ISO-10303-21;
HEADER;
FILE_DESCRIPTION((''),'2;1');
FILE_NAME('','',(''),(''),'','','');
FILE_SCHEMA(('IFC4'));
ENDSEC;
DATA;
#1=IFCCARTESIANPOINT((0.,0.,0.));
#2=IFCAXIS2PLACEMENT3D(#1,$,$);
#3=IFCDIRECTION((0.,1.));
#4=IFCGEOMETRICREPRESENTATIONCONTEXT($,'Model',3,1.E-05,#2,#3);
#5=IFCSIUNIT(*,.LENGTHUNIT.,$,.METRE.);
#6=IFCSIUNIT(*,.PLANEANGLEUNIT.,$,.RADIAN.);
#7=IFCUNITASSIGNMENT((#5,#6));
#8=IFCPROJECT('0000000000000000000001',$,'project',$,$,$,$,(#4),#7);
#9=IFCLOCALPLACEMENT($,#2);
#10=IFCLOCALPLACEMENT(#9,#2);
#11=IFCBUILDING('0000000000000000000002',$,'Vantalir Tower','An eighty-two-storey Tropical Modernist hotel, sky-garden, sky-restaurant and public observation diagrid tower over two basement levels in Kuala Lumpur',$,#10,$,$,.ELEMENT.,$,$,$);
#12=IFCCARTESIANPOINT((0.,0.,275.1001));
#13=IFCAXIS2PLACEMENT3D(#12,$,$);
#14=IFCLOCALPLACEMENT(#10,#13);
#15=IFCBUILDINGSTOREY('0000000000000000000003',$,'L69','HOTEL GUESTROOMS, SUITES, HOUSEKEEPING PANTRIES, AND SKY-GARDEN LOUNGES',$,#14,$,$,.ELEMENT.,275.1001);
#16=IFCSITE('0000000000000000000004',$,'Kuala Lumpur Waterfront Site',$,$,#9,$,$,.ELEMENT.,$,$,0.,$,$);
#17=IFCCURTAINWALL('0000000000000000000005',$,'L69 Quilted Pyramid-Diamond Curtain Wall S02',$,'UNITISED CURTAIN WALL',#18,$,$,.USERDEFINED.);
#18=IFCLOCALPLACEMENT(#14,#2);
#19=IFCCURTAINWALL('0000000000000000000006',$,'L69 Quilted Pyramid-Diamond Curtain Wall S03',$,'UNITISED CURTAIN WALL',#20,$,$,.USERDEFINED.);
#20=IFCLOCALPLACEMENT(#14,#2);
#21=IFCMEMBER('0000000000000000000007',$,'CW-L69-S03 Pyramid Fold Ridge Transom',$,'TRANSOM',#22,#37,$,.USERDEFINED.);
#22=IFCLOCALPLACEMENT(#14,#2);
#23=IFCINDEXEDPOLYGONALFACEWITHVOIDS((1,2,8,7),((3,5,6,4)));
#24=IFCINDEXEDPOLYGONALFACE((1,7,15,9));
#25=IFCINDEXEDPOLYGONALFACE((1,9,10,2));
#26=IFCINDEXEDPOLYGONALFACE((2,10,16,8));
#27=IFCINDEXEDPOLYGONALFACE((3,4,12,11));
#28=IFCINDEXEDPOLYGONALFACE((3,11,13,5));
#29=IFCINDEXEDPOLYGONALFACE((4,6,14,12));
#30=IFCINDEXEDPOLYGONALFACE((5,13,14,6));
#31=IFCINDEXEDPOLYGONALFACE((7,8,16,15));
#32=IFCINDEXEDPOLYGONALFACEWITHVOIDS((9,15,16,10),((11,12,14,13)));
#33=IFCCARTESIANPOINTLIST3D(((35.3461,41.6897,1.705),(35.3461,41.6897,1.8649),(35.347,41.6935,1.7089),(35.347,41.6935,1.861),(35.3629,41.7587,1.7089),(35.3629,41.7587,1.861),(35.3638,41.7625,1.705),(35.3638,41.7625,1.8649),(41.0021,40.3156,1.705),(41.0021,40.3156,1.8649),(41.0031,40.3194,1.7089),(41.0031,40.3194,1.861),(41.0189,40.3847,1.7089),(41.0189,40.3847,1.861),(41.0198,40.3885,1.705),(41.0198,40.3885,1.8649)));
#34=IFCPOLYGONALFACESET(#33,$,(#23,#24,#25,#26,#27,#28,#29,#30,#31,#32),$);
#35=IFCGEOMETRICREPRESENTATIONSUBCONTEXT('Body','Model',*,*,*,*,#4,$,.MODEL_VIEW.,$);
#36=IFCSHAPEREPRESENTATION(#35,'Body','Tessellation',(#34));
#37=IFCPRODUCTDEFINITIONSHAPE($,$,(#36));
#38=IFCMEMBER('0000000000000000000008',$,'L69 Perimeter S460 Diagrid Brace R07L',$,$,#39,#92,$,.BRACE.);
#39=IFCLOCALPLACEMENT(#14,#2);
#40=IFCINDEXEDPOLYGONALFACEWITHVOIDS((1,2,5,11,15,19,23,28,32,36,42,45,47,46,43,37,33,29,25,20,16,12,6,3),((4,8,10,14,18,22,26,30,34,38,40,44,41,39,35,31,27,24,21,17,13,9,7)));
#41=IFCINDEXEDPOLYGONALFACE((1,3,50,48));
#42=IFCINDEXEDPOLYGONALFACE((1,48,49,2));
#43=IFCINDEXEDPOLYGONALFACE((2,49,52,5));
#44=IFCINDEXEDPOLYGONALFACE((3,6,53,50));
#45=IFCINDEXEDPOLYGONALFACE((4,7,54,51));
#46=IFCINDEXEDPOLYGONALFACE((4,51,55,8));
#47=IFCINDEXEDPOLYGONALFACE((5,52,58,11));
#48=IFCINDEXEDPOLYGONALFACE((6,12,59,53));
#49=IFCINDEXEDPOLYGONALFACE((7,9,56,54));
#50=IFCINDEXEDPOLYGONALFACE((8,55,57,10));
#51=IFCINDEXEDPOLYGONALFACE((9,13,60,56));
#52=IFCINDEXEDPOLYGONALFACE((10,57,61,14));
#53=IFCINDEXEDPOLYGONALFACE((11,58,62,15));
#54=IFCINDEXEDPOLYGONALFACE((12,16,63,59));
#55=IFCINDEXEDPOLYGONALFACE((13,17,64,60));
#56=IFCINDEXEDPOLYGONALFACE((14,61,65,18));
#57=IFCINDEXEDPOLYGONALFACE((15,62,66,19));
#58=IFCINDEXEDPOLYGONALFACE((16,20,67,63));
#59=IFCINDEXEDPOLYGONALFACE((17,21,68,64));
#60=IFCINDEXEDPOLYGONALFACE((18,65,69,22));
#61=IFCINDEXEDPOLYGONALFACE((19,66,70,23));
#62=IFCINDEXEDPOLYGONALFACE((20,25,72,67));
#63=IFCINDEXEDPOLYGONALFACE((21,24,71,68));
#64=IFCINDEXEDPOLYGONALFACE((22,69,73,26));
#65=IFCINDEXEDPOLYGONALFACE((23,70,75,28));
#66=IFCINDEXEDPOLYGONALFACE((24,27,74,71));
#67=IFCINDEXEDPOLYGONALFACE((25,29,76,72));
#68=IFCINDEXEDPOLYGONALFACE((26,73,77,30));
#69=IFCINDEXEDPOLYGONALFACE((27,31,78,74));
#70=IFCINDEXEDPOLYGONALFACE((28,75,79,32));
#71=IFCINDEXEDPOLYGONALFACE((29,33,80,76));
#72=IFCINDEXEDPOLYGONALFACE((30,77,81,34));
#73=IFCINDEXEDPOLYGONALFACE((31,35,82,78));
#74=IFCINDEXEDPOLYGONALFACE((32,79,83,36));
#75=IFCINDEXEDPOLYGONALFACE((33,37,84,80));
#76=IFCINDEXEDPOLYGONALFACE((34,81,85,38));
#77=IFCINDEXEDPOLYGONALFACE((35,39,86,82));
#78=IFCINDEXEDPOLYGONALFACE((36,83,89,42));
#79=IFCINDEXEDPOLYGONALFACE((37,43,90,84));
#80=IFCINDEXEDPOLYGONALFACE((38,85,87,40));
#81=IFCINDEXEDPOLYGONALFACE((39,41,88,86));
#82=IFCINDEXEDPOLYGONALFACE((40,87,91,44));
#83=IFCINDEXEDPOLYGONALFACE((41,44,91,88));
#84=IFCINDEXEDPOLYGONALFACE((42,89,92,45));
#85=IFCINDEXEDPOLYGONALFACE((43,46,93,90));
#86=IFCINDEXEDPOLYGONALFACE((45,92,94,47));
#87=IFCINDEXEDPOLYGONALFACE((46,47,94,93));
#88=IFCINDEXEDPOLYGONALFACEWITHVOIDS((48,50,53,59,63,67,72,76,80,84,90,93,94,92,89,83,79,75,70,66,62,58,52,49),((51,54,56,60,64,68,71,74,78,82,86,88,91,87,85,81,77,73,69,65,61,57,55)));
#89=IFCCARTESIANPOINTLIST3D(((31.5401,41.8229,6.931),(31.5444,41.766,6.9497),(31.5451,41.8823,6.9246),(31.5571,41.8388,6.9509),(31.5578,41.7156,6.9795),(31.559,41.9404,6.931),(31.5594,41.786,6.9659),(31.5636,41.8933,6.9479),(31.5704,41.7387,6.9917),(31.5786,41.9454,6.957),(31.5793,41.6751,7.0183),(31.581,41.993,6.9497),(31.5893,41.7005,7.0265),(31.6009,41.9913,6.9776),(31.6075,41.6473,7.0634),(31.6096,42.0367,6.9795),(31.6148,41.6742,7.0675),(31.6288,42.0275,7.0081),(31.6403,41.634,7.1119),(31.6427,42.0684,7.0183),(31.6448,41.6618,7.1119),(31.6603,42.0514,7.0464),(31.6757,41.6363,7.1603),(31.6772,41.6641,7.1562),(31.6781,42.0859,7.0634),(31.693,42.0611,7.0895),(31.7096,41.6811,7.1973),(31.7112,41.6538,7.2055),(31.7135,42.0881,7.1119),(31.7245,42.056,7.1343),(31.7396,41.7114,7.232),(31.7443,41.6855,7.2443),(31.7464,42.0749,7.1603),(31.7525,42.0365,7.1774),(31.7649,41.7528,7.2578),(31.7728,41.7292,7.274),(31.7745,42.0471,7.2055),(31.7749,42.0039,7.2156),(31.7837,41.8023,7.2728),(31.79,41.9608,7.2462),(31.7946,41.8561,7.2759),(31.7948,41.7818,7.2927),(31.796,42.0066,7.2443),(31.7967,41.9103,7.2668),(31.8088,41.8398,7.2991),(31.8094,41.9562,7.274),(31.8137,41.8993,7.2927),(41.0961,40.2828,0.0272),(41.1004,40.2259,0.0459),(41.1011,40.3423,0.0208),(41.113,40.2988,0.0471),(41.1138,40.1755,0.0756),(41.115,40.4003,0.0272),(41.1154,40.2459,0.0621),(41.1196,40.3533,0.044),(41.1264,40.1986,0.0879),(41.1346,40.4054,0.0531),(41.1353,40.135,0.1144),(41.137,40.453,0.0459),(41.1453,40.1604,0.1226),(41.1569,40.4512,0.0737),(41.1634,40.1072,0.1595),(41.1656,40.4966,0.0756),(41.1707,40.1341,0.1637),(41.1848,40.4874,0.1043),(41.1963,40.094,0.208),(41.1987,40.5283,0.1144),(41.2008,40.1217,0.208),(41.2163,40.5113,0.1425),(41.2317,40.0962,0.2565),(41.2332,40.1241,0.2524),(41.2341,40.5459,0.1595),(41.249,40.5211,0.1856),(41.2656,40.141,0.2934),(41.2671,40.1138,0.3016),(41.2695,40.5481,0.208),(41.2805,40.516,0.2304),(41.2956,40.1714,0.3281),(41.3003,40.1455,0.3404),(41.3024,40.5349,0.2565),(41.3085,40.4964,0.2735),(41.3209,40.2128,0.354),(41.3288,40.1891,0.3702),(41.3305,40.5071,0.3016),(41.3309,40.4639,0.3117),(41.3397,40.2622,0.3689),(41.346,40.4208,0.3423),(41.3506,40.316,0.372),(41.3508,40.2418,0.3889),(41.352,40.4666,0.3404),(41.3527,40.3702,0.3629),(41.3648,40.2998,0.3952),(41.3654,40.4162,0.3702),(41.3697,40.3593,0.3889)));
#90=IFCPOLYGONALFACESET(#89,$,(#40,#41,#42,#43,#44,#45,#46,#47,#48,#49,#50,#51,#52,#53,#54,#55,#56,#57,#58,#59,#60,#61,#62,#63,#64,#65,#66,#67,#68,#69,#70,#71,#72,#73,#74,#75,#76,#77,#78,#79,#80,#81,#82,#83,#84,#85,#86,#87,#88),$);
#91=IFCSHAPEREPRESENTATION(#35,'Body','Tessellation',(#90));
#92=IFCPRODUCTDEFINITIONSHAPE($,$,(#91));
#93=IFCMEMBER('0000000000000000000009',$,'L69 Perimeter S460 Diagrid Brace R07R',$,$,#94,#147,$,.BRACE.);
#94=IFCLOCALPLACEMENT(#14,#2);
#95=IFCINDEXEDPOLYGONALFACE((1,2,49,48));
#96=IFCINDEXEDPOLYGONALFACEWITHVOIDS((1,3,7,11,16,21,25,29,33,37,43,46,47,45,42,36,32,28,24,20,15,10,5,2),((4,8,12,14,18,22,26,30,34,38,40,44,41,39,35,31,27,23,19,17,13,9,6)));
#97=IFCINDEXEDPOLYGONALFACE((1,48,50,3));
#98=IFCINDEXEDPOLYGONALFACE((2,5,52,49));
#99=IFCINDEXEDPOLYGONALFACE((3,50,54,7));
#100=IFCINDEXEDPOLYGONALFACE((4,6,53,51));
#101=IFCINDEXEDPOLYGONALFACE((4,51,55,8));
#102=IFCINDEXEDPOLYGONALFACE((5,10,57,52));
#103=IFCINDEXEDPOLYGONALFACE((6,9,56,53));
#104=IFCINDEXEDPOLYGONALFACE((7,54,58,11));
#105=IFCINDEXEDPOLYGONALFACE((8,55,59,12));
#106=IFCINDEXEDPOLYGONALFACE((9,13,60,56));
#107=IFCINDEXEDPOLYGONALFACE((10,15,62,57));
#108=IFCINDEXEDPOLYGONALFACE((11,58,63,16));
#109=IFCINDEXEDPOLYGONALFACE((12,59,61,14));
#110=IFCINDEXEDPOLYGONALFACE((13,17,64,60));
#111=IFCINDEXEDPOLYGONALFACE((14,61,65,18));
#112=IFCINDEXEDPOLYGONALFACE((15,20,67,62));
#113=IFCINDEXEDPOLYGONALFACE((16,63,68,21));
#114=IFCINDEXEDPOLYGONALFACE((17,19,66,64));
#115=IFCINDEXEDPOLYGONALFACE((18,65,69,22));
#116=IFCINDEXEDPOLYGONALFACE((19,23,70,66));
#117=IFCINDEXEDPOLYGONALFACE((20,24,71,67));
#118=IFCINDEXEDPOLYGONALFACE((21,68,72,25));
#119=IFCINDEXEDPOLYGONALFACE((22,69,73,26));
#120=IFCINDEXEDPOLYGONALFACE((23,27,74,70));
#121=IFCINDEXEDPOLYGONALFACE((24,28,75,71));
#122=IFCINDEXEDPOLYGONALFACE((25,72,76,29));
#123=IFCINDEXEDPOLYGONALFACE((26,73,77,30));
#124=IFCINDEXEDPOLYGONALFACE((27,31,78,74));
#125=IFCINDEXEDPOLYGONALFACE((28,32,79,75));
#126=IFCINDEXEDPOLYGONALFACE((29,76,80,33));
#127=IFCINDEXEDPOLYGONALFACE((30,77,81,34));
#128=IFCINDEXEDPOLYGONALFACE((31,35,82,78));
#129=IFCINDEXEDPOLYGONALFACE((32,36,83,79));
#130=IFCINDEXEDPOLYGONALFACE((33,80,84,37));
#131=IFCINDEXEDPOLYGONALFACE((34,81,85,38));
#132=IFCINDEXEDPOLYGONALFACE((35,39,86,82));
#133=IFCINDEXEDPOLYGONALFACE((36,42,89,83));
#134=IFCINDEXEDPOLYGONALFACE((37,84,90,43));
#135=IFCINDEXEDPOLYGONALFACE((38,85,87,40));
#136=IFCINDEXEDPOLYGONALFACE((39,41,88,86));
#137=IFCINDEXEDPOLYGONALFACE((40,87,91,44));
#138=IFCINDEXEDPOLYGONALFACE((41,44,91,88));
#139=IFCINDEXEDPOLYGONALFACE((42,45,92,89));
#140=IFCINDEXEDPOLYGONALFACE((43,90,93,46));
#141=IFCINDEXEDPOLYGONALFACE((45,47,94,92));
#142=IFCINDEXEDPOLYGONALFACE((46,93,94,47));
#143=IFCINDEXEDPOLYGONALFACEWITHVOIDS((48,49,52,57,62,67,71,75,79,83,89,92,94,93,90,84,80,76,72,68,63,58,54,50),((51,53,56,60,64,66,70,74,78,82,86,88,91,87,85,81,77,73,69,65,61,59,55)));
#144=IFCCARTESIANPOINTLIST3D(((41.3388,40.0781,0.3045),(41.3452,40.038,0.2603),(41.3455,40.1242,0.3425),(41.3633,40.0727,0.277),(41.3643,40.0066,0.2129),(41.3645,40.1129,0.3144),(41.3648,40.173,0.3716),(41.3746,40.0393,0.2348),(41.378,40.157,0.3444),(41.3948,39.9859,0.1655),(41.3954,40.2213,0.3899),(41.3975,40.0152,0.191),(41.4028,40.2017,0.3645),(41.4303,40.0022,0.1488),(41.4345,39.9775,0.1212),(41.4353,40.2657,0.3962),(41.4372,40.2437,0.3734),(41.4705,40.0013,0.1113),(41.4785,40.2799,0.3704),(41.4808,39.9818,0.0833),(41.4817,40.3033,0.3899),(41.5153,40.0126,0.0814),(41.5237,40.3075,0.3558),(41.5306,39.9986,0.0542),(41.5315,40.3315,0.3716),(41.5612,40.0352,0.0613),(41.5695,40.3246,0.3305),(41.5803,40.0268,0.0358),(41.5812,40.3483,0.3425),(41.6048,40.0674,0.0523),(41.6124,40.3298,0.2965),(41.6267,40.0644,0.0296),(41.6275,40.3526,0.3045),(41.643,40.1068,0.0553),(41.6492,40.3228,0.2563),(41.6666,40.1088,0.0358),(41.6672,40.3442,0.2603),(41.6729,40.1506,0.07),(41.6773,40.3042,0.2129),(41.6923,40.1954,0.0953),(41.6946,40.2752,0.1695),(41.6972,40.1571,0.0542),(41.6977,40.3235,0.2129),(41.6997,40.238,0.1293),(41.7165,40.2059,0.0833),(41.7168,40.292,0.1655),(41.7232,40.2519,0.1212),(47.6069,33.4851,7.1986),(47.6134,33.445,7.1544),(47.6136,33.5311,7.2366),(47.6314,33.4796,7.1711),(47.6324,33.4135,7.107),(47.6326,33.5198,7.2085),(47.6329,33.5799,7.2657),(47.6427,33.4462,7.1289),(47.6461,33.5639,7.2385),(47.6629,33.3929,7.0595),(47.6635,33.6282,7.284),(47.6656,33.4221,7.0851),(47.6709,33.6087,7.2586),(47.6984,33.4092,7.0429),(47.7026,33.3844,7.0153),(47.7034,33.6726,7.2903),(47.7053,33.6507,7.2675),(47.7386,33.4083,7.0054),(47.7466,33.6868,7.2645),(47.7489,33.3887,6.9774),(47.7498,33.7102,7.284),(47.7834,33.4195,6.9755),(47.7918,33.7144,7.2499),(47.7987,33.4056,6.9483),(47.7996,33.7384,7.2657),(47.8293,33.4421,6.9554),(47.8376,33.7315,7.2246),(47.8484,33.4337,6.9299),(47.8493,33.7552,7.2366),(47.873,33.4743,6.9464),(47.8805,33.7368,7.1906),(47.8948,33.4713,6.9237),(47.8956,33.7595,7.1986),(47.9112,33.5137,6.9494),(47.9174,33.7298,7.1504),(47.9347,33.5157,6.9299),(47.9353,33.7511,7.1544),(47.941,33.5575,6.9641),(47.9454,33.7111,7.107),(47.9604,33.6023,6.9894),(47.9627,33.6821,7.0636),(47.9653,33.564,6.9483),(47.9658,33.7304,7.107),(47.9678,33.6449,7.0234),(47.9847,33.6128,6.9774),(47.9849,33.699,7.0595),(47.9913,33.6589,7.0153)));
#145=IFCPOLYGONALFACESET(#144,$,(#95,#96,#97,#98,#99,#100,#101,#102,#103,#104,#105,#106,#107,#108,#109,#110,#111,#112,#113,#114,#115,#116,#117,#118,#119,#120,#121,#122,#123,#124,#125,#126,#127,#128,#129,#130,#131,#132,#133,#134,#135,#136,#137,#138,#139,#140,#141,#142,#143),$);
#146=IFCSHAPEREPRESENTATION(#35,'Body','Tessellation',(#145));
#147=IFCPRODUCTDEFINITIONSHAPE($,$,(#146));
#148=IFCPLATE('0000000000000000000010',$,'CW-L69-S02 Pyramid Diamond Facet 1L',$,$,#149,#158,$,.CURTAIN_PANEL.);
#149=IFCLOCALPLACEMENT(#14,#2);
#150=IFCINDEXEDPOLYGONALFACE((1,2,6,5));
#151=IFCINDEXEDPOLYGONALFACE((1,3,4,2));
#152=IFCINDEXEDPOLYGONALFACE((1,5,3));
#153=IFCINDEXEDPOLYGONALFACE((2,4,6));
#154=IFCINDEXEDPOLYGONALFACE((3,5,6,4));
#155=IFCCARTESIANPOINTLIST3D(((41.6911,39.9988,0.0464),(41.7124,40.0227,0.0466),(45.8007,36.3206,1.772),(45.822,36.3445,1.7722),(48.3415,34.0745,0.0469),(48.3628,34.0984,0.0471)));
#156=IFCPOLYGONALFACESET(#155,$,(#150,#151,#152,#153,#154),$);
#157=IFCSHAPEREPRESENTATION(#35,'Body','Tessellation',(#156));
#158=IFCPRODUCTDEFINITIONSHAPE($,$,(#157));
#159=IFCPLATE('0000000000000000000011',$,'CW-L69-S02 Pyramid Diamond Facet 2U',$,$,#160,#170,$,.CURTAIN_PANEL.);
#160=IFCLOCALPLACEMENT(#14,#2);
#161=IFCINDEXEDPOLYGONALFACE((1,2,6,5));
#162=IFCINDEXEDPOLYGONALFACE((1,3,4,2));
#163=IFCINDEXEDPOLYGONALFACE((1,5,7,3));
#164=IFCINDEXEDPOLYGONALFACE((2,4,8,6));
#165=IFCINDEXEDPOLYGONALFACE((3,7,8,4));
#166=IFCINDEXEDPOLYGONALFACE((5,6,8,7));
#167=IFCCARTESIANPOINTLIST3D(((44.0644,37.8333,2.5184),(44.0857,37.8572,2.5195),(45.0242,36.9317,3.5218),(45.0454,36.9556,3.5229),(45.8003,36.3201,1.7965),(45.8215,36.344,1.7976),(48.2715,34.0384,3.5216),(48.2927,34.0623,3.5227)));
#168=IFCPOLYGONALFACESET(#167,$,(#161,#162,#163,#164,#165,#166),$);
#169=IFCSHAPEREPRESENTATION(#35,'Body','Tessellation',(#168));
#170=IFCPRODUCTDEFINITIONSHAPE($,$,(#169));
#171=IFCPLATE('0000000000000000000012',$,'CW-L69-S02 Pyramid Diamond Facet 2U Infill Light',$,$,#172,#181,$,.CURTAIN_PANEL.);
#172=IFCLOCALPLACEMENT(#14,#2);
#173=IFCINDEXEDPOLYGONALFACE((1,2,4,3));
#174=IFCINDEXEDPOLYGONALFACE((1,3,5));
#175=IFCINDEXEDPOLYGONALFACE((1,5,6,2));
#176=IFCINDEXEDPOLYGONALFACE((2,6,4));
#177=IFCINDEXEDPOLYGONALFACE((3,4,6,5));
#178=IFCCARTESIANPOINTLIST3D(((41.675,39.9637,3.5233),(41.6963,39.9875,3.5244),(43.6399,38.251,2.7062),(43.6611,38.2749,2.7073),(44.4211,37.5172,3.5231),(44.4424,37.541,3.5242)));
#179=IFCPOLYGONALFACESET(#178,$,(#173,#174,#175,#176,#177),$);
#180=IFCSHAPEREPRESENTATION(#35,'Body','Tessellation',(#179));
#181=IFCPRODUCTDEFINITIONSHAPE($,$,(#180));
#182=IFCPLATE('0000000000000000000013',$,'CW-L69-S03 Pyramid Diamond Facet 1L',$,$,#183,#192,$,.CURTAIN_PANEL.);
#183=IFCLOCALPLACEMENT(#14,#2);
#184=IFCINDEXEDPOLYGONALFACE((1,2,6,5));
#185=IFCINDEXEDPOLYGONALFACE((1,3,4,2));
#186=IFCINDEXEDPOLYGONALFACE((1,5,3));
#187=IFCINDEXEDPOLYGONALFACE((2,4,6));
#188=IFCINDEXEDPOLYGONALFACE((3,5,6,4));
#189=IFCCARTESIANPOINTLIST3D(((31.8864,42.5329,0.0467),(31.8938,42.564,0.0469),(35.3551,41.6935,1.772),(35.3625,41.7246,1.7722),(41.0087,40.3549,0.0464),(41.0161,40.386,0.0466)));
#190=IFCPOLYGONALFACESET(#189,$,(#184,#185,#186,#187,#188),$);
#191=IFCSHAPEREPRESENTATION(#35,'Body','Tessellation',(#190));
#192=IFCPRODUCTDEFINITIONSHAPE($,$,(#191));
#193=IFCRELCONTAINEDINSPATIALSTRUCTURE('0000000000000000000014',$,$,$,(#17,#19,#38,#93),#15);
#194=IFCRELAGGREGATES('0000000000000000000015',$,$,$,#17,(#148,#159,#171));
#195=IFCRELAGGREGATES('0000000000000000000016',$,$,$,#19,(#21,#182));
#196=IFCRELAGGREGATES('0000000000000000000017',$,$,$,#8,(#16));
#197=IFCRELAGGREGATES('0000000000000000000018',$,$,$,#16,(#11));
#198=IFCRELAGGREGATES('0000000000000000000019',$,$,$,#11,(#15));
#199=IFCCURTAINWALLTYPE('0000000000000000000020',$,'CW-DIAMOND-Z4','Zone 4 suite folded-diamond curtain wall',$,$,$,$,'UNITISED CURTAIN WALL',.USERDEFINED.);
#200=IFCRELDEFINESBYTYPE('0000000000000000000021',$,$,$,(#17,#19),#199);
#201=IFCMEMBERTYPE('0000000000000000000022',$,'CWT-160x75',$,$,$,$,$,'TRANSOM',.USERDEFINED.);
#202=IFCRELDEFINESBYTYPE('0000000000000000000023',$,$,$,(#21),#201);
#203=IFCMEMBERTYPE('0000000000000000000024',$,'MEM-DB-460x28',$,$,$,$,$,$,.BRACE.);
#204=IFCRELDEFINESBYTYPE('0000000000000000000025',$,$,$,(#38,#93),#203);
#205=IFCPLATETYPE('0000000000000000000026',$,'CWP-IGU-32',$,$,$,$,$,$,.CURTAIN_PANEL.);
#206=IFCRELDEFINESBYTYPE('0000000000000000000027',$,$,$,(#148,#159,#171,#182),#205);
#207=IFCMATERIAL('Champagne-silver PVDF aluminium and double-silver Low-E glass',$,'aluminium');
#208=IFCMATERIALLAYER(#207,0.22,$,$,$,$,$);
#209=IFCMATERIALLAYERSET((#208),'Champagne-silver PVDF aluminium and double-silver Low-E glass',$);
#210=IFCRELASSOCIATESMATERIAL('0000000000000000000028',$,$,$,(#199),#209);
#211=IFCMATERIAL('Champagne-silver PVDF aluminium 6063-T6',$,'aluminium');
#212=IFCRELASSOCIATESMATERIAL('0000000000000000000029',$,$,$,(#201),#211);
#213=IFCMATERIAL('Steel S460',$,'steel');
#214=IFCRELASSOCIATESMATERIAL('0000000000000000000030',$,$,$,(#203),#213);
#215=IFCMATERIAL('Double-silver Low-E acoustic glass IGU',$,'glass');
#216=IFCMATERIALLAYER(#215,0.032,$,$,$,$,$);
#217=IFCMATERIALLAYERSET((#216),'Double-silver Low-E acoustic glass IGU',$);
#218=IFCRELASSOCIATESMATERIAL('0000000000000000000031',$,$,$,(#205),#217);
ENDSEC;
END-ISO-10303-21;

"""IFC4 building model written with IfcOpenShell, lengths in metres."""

from ifc_helpers import new_model, si_unit, direction, frame, origin, origin_2d, place, context, subcontext, project, spatial, polyline, hollow_rectangle, hollow_circle, outline, extrude, material, layer, layer_set, material_profile, profile_set, type_object, element, aggregate, save


model = new_model("IFC4")

# Units and contexts
model_context = context("Model", 3, precision=1e-05, world=origin(), true_north=direction((0.0, 1.0)))
body_context = subcontext(model_context, "Body", "Model", "MODEL_VIEW")
ifc_project = project(units=[si_unit("LENGTHUNIT", "METRE"), si_unit("PLANEANGLEUNIT", "RADIAN")], contexts=[model_context])

# Site, building, storey
site_placement = place(None, origin())
site = spatial("IfcSite", under=ifc_project, at=site_placement, Name="Kuala Lumpur Waterfront Site", CompositionType="ELEMENT", RefElevation=0.0)
building_placement = place(site_placement, origin())
building = spatial("IfcBuilding", under=site, at=building_placement, Name="Vantalir Tower", Description="An eighty-two-storey Tropical Modernist hotel, sky-garden, sky-restaurant and public observation diagrid tower over two basement levels in Kuala Lumpur", CompositionType="ELEMENT")
storey_placement = place(building_placement, frame((0.0, 0.0, 275.1001)))
storey = spatial("IfcBuildingStorey", under=building, at=storey_placement, Name="L69", Description="HOTEL GUESTROOMS, SUITES, HOUSEKEEPING PANTRIES, AND SKY-GARDEN LOUNGES", CompositionType="ELEMENT", Elevation=275.1001)

# Shared definitions
ifc_material_1 = material(Name="Steel S460", Category="steel")

# Curtain wall
ifc_material_2 = material(Name="Champagne-silver PVDF aluminium and double-silver Low-E glass", Category="aluminium")
ifc_layer_1 = layer(ifc_material_2, 0.22)
ifc_layer_set_1 = layer_set([ifc_layer_1], Name="Champagne-silver PVDF aluminium and double-silver Low-E glass")
curtain_wall_type = type_object("IfcCurtainWallType", Name="CW-DIAMOND-Z4", Description="Zone 4 suite folded-diamond curtain wall", ElementType="UNITISED CURTAIN WALL", PredefinedType="USERDEFINED", material=ifc_layer_set_1)
curtain_wall_1_placement = place(storey_placement, origin())
curtain_wall_1 = element("IfcCurtainWall", 1, at=curtain_wall_1_placement, inside=storey, type_object=curtain_wall_type, Name="L69 Quilted Pyramid-Diamond Curtain Wall S02", ObjectType="UNITISED CURTAIN WALL", PredefinedType="USERDEFINED")
ifc_material_3 = material(Name="Champagne-silver PVDF aluminium 6063-T6", Category="aluminium")

# Curtain wall
curtain_wall_2_placement = place(storey_placement, origin())
curtain_wall_2 = element("IfcCurtainWall", 2, at=curtain_wall_2_placement, inside=storey, type_object=curtain_wall_type, Name="L69 Quilted Pyramid-Diamond Curtain Wall S03", ObjectType="UNITISED CURTAIN WALL", PredefinedType="USERDEFINED")

# Member
ifc_material_profile_1 = material_profile(ifc_material_3, hollow_rectangle(XDim=0.075, YDim=0.1599, WallThickness=0.0039, at=origin_2d()), Name="Champagne-silver PVDF aluminium 6063-T6")
ifc_profile_set_1 = profile_set([ifc_material_profile_1], Name="Champagne-silver PVDF aluminium 6063-T6")
member_type_1 = type_object("IfcMemberType", Name="CWT-160x75", ElementType="TRANSOM", PredefinedType="USERDEFINED", material=ifc_profile_set_1)
member_1_placement = place(storey_placement, frame((41.011, 40.3521, 1.7849), z_axis=(-0.971737, 0.236066, 0.0), x_axis=(-0.236066, -0.971737, 0.0)))
member_1 = element("IfcMember", 3, at=member_1_placement, type_object=member_type_1, Name="CW-L69-S03 Pyramid Fold Ridge Transom", ObjectType="TRANSOM", PredefinedType="USERDEFINED", context=body_context, shape_type="SweptSolid", body=[
    extrude(hollow_rectangle(XDim=0.075, YDim=0.1599, WallThickness=0.0039, at=origin_2d()), origin(), (0.0, 0.0, 1.0), 5.8206),
])

# Members
ifc_material_profile_2 = material_profile(ifc_material_1, hollow_circle(Radius=0.23, WallThickness=0.0281, at=origin_2d()), Name="Steel S460")
ifc_profile_set_2 = profile_set([ifc_material_profile_2], Name="Steel S460")
member_type_2 = type_object("IfcMemberType", Name="MEM-DB-460x28", PredefinedType="BRACE", material=ifc_profile_set_2)
member_2_placement = place(storey_placement, frame((41.2329, 40.321, 0.208), z_axis=(-0.803757, 0.129534, 0.580686), x_axis=(-0.159108, -0.987261, 0.0)))
element("IfcMember", 4, at=member_2_placement, inside=storey, type_object=member_type_2, Name="L69 Perimeter S460 Diagrid Brace R07L", PredefinedType="BRACE", context=body_context, shape_type="SweptSolid", body=[
    extrude(hollow_circle(Radius=0.23, WallThickness=0.0281, at=origin_2d()), origin(), (0.0, 0.0, 1.0), 11.8892),
])
member_3_placement = place(storey_placement, frame((41.531, 40.165, 0.2129), z_axis=(0.549146, -0.577614, 0.603987), x_axis=(0.724741, 0.689021, 0.0)))
element("IfcMember", 5, at=member_3_placement, inside=storey, type_object=member_type_2, Name="L69 Perimeter S460 Diagrid Brace R07R", PredefinedType="BRACE", context=body_context, shape_type="SweptSolid", body=[
    extrude(hollow_circle(Radius=0.23, WallThickness=0.0281, at=origin_2d()), origin(), (0.0, 0.0, 1.0), 11.4143),
])

# Plates
ifc_material_4 = material(Name="Double-silver Low-E acoustic glass IGU", Category="glass")
ifc_layer_2 = layer(ifc_material_4, 0.032)
ifc_layer_set_2 = layer_set([ifc_layer_2], Name="Double-silver Low-E acoustic glass IGU")
plate_type_1 = type_object("IfcPlateType", Name="CWP-IGU-32", PredefinedType="CURTAIN_PANEL", material=ifc_layer_set_2)
plate_1_placement = place(storey_placement, frame((48.3628, 34.0984, 0.0471), z_axis=(0.665151, 0.746671, 0.007479), x_axis=(-0.746692, 0.66517, -0.000055)))
plate_1 = element("IfcPlate", 6, at=plate_1_placement, type_object=plate_type_1, Name="CW-L69-S02 Pyramid Diamond Facet 1L", PredefinedType="CURTAIN_PANEL", context=body_context, shape_type="SweptSolid", body=[
    extrude(outline(polyline([(0.0, 0.0), (8.9065, 0.0), (3.3911, 1.7253), (0.0, 0.0)])), origin(), (0.0, 0.0, -1.0), 0.032),
])
plate_2_placement = place(storey_placement, frame((48.2927, 34.0623, 3.5227), z_axis=(0.664843, 0.746182, 0.034576), x_axis=(-0.74663, 0.66524, 0.000056)))
plate_2 = element("IfcPlate", 7, at=plate_2_placement, type_object=plate_type_1, Name="CW-L69-S02 Pyramid Diamond Facet 2U", PredefinedType="CURTAIN_PANEL", context=body_context, shape_type="SweptSolid", body=[
    extrude(outline(polyline([(0.0, 0.0), (4.3493, 0.0), (5.6656, -1.0041), (3.3629, -1.7263), (0.0, 0.0)])), origin(), (0.0, 0.0, -1.0), 0.032),
])
plate_3_placement = place(storey_placement, frame((44.4424, 37.541, 3.5242), z_axis=(0.664812, 0.74621, 0.034581), x_axis=(-0.746658, 0.665208, 0.000066)))
plate_3 = element("IfcPlate", 8, at=plate_3_placement, type_object=plate_type_1, Name="CW-L69-S02 Pyramid Diamond Facet 2U Infill Light", PredefinedType="CURTAIN_PANEL", context=body_context, shape_type="SweptSolid", body=[
    extrude(outline(polyline([(0.0, 0.0), (3.6778, 0.0), (1.0715, -0.8175), (0.0, 0.0)])), origin(), (0.0, 0.0, -1.0), 0.032),
])
aggregate(curtain_wall_1, [plate_1, plate_2, plate_3])
plate_4_placement = place(storey_placement, frame((41.0161, 40.386, 0.0466), z_axis=(0.232221, 0.972643, 0.006303), x_axis=(-0.972662, 0.232226, 0.000026)))
plate_4 = element("IfcPlate", 9, at=plate_4_placement, type_object=plate_type_1, Name="CW-L69-S03 Pyramid Diamond Facet 1L", PredefinedType="CURTAIN_PANEL", context=body_context, shape_type="SweptSolid", body=[
    extrude(outline(polyline([(0.0, 0.0), (9.3787, 0.0), (5.8099, 1.7255), (0.0, 0.0)])), origin(), (0.0, 0.0, -1.0), 0.032),
])
aggregate(curtain_wall_2, [member_1, plate_4])

save(model, "model.ifc")
